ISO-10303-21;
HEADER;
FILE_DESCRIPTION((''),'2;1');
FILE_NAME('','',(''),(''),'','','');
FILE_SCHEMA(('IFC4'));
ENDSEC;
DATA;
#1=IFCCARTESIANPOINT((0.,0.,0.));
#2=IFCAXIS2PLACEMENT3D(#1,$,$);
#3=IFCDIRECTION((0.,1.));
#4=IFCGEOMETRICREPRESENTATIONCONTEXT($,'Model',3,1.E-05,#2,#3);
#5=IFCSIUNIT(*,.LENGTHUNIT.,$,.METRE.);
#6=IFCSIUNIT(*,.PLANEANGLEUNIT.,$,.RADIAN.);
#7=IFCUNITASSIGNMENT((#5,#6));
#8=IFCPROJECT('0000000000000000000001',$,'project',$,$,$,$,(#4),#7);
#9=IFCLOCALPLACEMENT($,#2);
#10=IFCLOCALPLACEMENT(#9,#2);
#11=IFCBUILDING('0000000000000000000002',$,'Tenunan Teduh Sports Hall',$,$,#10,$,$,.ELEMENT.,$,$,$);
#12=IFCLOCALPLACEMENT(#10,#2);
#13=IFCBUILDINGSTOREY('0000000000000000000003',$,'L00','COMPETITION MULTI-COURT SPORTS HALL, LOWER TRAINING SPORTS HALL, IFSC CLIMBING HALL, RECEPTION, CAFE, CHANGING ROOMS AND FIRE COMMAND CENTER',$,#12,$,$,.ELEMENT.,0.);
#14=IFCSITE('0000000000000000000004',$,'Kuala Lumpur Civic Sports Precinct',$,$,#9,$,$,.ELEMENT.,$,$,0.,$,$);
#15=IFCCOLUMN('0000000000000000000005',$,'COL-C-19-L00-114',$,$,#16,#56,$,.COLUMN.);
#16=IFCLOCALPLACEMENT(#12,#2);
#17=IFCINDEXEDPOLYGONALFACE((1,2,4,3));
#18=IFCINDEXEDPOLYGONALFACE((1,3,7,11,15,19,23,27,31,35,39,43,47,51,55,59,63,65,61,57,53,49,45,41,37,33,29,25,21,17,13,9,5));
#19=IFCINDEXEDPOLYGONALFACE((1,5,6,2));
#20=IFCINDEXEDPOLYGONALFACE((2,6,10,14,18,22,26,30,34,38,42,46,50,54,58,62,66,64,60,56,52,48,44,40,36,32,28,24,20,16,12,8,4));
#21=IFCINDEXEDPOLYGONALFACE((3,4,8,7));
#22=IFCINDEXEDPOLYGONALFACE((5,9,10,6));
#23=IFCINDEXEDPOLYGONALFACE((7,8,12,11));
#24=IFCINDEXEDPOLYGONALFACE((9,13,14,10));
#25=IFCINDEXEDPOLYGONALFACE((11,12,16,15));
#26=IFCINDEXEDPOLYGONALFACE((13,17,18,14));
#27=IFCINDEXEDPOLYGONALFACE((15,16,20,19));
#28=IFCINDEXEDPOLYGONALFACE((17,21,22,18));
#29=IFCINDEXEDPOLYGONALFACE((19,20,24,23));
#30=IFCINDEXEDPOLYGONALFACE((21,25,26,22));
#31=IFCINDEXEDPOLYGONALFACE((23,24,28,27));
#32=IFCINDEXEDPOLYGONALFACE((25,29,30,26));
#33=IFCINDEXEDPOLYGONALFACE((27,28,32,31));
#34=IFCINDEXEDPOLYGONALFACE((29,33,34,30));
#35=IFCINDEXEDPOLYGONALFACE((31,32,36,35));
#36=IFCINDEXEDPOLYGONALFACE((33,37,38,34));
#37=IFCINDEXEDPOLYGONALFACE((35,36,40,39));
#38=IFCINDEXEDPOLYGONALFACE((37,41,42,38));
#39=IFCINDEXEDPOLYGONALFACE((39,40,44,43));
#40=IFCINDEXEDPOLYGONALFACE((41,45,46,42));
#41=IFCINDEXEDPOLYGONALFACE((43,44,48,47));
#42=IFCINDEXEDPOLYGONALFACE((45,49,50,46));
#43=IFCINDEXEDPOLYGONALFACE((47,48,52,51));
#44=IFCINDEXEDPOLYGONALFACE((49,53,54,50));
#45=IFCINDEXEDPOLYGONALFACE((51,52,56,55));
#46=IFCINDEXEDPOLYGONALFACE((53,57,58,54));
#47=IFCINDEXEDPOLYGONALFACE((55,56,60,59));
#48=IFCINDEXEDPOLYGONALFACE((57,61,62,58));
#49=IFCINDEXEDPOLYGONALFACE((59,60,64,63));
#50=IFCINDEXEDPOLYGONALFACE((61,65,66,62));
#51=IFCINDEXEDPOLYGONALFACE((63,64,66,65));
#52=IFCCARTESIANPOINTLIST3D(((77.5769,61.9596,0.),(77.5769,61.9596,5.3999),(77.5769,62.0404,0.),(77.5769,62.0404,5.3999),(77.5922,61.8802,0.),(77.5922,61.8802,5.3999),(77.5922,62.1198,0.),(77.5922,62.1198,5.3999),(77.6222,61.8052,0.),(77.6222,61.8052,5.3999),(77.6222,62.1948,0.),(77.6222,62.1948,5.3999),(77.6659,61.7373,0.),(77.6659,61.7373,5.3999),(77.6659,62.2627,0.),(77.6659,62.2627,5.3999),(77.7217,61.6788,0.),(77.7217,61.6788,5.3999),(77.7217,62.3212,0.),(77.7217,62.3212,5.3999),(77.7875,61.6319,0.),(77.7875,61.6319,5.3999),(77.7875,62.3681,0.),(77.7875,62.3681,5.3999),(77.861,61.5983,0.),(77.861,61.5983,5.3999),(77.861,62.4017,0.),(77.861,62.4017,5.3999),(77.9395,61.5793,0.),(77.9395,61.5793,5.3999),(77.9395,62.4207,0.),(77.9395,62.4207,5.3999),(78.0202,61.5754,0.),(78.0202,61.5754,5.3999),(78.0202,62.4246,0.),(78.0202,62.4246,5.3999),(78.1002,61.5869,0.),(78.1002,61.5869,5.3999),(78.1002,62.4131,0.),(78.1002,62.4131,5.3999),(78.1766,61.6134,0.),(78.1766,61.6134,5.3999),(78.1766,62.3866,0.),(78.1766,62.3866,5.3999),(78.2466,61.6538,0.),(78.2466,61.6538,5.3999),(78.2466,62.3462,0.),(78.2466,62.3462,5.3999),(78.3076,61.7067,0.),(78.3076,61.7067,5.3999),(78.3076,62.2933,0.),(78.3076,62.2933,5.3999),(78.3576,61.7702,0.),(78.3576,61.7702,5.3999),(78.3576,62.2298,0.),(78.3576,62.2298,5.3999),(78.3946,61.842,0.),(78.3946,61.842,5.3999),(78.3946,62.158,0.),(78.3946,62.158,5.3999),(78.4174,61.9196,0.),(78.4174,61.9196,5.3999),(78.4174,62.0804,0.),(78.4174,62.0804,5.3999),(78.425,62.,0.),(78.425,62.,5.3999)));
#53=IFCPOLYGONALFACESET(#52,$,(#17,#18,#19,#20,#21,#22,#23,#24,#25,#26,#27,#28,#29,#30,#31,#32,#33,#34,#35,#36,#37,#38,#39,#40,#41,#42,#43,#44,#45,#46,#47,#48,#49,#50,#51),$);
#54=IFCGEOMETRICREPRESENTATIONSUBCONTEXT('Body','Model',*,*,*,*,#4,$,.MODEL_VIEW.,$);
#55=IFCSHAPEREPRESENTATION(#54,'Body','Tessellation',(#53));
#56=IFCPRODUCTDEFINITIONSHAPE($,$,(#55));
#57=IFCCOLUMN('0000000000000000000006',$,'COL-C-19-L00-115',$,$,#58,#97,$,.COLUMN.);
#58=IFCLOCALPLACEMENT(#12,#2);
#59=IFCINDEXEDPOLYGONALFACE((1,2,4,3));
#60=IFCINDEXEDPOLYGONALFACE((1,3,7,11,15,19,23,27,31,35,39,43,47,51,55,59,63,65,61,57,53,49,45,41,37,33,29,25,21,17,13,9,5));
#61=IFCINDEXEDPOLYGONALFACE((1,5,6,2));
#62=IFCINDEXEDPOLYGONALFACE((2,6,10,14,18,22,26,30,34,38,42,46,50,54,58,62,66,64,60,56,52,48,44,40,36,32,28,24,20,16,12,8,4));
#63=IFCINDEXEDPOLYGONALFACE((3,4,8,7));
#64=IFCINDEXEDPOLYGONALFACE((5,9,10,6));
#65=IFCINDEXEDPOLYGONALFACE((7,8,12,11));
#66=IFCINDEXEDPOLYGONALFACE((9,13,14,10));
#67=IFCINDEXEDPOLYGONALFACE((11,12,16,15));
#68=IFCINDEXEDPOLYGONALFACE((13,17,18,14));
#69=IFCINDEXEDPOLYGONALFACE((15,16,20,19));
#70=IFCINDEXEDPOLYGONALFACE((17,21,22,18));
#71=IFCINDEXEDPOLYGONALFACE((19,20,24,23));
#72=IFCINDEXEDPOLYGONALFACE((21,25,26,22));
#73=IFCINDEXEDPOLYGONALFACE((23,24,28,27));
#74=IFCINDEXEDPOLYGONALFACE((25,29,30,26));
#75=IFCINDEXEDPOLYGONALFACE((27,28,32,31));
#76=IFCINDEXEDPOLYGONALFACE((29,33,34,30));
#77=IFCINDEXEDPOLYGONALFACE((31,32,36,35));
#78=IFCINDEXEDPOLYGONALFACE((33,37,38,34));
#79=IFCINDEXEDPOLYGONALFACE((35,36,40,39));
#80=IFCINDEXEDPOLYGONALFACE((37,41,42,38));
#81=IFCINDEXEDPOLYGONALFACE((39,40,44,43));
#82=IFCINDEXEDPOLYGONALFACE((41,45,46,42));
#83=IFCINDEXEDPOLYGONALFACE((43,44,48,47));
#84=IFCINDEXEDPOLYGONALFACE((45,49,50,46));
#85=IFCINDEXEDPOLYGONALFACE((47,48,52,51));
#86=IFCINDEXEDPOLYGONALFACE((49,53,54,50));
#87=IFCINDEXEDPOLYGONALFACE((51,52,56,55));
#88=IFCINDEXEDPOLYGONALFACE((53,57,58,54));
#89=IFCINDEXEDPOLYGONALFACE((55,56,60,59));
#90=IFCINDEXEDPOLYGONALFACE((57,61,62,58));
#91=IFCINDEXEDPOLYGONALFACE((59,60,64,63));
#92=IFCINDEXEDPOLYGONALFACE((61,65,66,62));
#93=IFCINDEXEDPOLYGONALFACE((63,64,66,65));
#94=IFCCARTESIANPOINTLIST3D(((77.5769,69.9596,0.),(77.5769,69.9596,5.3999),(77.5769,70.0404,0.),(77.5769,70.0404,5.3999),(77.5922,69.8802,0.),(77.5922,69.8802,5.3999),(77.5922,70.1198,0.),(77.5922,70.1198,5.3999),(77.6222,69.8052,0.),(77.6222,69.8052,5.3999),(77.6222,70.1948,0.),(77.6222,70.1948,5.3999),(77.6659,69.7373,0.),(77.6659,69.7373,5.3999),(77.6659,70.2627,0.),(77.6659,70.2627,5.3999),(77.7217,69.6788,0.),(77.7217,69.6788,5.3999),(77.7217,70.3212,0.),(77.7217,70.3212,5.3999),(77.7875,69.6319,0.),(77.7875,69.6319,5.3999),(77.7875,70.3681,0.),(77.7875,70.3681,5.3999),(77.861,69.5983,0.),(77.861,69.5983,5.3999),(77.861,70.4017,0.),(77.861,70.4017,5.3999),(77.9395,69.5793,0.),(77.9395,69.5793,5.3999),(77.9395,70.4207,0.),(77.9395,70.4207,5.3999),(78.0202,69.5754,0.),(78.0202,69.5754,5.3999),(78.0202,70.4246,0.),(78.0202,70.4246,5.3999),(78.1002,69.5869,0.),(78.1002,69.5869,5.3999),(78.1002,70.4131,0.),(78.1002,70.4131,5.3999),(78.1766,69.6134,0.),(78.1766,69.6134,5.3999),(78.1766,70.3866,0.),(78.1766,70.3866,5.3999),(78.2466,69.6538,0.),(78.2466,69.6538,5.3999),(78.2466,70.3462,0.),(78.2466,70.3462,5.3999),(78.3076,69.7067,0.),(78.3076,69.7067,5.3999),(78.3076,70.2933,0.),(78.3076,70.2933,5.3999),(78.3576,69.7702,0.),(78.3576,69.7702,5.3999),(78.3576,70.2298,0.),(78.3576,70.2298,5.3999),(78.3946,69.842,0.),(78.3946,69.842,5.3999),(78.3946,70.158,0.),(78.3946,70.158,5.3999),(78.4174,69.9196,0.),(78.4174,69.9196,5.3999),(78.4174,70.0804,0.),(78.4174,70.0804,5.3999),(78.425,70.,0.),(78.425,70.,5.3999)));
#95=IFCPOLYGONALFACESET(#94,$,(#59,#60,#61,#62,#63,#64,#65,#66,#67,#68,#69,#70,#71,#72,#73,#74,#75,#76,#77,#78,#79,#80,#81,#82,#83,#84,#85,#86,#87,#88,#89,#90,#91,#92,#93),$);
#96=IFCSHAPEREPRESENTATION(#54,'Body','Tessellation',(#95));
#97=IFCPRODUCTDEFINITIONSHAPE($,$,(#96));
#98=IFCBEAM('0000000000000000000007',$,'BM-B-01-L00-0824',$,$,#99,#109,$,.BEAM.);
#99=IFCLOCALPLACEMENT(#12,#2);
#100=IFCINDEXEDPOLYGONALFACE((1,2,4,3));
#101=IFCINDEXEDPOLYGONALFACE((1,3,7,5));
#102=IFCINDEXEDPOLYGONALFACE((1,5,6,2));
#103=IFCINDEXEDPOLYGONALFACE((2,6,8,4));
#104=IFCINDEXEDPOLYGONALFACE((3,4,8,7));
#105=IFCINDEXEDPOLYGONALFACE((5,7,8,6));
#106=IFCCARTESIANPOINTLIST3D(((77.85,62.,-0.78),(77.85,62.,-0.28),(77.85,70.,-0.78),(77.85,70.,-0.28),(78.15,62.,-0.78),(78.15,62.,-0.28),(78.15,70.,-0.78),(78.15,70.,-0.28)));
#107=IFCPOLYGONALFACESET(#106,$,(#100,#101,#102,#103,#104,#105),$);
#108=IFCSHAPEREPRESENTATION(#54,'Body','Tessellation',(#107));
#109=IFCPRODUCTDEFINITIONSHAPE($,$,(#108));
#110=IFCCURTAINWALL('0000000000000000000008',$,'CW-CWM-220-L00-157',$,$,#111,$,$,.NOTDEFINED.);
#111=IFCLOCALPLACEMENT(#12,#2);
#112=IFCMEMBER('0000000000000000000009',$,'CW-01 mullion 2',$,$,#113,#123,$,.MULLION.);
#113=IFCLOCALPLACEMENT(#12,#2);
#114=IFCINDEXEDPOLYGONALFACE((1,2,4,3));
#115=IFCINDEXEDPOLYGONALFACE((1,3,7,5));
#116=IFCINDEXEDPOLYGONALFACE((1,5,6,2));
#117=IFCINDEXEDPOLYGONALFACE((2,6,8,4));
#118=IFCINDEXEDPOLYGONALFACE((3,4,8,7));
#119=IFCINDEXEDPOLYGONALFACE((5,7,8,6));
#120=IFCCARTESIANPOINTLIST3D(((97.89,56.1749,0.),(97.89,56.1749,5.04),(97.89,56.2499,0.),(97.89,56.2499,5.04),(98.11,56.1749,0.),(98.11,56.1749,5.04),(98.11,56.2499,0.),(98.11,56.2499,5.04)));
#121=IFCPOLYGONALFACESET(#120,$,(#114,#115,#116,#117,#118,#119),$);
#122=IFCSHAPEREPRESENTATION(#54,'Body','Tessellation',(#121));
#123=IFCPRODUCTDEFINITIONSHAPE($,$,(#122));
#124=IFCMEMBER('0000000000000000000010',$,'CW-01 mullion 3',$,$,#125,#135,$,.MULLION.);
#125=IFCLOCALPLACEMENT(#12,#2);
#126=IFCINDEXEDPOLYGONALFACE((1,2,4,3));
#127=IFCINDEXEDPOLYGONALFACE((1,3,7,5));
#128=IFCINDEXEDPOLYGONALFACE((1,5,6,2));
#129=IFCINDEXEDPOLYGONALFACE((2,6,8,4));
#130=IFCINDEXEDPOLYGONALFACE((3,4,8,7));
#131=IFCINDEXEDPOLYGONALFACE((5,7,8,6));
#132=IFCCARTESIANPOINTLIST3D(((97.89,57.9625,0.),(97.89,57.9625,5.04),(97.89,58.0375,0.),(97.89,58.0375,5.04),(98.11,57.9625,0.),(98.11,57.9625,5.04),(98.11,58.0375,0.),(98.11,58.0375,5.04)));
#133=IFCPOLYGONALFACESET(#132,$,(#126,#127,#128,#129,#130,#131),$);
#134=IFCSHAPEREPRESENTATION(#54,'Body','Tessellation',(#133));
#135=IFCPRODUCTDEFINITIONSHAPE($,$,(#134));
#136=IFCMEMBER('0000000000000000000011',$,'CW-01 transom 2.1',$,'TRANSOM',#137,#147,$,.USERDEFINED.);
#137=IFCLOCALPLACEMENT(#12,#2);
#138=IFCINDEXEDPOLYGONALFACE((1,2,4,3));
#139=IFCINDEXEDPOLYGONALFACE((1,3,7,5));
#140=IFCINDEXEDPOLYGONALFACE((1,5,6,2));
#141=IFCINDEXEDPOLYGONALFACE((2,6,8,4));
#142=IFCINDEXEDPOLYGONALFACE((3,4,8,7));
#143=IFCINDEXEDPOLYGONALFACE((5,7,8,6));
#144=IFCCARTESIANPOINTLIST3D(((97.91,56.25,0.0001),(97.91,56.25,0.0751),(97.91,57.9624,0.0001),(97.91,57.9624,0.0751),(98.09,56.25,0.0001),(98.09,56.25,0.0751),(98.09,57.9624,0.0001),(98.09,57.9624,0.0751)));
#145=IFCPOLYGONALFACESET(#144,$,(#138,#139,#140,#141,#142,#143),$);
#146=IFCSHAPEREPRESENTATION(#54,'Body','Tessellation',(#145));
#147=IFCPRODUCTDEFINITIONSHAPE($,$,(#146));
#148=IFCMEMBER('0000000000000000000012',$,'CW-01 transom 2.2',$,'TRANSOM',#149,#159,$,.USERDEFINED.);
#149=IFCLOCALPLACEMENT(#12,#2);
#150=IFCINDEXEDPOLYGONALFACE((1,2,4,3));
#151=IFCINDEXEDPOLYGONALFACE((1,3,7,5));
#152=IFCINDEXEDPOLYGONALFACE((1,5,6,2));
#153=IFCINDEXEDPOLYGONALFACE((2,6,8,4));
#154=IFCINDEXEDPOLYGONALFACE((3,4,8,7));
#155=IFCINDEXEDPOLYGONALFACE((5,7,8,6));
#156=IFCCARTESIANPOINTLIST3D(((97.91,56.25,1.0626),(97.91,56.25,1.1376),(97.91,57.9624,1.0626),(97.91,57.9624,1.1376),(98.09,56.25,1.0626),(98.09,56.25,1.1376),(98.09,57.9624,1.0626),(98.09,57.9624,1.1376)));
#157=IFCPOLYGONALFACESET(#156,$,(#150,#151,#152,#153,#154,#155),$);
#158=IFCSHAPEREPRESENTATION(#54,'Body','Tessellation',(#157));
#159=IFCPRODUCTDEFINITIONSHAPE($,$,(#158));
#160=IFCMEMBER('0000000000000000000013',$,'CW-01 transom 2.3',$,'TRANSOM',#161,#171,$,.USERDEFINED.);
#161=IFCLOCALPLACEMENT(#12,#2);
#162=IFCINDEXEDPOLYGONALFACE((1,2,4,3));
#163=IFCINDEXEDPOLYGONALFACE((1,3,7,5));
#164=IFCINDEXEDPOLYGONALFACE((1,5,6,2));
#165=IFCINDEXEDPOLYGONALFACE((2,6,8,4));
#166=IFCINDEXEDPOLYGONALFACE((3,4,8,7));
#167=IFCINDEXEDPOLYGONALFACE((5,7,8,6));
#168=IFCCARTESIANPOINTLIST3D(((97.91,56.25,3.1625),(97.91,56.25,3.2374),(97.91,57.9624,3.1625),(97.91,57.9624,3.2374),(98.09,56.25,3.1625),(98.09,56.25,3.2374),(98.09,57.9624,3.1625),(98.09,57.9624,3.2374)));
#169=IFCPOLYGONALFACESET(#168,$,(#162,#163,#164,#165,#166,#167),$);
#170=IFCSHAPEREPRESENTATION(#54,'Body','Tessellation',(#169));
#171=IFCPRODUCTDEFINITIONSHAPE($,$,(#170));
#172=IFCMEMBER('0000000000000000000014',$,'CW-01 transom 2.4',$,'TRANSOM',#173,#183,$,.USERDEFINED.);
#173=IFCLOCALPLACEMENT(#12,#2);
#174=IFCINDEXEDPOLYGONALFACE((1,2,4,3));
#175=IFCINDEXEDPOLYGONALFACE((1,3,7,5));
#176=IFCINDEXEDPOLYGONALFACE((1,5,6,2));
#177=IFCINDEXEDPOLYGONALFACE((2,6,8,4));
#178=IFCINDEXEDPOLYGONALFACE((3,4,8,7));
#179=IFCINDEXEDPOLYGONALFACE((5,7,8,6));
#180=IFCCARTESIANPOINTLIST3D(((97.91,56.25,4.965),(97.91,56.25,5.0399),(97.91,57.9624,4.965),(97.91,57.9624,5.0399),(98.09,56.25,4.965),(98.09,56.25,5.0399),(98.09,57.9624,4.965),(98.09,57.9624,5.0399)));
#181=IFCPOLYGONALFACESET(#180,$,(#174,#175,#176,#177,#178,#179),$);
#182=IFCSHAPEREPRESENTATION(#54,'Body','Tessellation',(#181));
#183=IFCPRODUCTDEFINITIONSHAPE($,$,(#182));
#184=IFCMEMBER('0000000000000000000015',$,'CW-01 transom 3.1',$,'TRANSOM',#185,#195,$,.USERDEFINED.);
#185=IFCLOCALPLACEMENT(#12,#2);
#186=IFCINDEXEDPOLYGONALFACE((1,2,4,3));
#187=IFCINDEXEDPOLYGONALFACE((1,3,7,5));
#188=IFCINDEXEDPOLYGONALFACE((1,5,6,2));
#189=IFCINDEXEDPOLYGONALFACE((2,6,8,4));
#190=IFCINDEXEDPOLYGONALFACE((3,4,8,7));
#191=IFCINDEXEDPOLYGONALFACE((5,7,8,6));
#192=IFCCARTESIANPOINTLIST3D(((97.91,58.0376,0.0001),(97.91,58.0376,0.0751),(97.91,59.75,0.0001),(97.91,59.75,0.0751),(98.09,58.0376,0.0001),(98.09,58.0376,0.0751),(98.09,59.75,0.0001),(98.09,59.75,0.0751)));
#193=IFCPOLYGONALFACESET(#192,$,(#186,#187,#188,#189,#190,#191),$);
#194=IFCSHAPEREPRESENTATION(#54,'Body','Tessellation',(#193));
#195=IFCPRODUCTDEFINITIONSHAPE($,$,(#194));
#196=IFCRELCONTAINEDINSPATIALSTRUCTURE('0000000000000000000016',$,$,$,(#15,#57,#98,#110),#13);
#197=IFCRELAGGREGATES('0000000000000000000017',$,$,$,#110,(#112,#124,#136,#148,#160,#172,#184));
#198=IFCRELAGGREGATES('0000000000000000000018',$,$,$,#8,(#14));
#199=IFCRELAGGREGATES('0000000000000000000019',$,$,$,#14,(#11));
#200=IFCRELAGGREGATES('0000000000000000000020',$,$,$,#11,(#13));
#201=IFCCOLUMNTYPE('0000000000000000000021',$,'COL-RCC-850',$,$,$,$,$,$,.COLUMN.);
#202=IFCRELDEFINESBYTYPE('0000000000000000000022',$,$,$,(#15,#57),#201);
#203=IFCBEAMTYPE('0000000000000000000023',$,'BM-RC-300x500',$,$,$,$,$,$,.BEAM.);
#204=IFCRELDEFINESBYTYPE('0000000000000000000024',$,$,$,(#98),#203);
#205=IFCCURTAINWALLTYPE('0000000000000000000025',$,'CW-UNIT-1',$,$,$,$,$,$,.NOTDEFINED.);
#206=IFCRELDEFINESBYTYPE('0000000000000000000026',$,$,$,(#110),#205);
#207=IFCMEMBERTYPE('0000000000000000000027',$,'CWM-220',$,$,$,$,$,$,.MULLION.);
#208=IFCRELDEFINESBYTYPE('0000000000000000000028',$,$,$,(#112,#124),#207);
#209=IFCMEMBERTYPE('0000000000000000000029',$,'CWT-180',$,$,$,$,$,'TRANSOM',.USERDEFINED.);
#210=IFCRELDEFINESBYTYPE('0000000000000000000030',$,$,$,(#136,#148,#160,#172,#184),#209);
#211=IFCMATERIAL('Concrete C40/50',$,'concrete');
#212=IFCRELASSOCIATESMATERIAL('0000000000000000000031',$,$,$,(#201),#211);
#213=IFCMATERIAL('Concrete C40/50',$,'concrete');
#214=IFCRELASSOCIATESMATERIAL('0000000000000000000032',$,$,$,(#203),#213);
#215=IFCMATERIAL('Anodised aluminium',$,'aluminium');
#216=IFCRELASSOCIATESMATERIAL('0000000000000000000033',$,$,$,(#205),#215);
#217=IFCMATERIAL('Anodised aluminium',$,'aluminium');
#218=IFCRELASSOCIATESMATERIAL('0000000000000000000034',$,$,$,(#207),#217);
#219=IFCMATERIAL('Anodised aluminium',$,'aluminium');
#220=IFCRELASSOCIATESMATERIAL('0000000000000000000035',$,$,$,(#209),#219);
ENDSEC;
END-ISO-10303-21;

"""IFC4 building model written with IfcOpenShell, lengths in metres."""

from ifc_helpers import new_model, si_unit, direction, frame, origin, origin_2d, place, context, subcontext, project, spatial, rectangle, circle, extrude, material, material_profile, profile_set, type_object, element, aggregate, save


model = new_model("IFC4")

# Units and contexts
model_context = context("Model", 3, precision=1e-05, world=origin(), true_north=direction((0.0, 1.0)))
body_context = subcontext(model_context, "Body", "Model", "MODEL_VIEW")
ifc_project = project(units=[si_unit("LENGTHUNIT", "METRE"), si_unit("PLANEANGLEUNIT", "RADIAN")], contexts=[model_context])

# Site, building, storey
site_placement = place(None, origin())
site = spatial("IfcSite", under=ifc_project, at=site_placement, Name="Kuala Lumpur Civic Sports Precinct", CompositionType="ELEMENT", RefElevation=0.0)
building_placement = place(site_placement, origin())
building = spatial("IfcBuilding", under=site, at=building_placement, Name="Tenunan Teduh Sports Hall", CompositionType="ELEMENT")
storey_placement = place(building_placement, origin())
storey = spatial("IfcBuildingStorey", under=building, at=storey_placement, Name="L00", Description="COMPETITION MULTI-COURT SPORTS HALL, LOWER TRAINING SPORTS HALL, IFSC CLIMBING HALL, RECEPTION, CAFE, CHANGING ROOMS AND FIRE COMMAND CENTER", CompositionType="ELEMENT", Elevation=0.0)

# Columns
ifc_material_1 = material(Name="Concrete C40/50", Category="concrete")
ifc_material_profile_1 = material_profile(ifc_material_1, circle(Radius=0.425, at=origin_2d()), Name="RCC D850")
ifc_profile_set_1 = profile_set([ifc_material_profile_1], Name="Concrete C40/50")
column_type = type_object("IfcColumnType", Name="COL-RCC-850", PredefinedType="COLUMN", material=ifc_profile_set_1)
for number, where, z_axis, x_axis, name in (
    (1, (78.0, 62.0, 0.0), (0.0, 0.0, 1.0), (1.0, 0.0, 0.0), "COL-C-19-L00-114"),
    (2, (78.0, 70.0, 0.0), (0.0, 0.0, 1.0), (1.0, 0.0, 0.0), "COL-C-19-L00-115"),
):
    element("IfcColumn", number, at=place(storey_placement, frame(where, z_axis=z_axis, x_axis=x_axis)), inside=storey, type_object=column_type, Name=name, PredefinedType="COLUMN", context=body_context, shape_type="SweptSolid", body=[
        extrude(circle(Radius=0.425, at=origin_2d()), origin(), (0.0, 0.0, 1.0), 5.3999),
    ])

# Beam
ifc_material_2 = material(Name="Concrete C40/50", Category="concrete")
ifc_material_profile_2 = material_profile(ifc_material_2, rectangle(XDim=0.3, YDim=0.5, at=origin_2d()), Name="RCB 300x500")
ifc_profile_set_2 = profile_set([ifc_material_profile_2], Name="Concrete C40/50")
beam_type = type_object("IfcBeamType", Name="BM-RC-300x500", PredefinedType="BEAM", material=ifc_profile_set_2)
beam_placement = place(storey_placement, frame((78.0, 62.0, -0.53), z_axis=(0.0, 1.0, 0.0), x_axis=(-1.0, 0.0, 0.0)))
element("IfcBeam", 3, at=beam_placement, inside=storey, type_object=beam_type, Name="BM-B-01-L00-0824", PredefinedType="BEAM", context=body_context, shape_type="SweptSolid", body=[
    extrude(rectangle(XDim=0.3, YDim=0.5, at=origin_2d()), origin(), (0.0, 0.0, 1.0), 8.0),
])

# Curtain wall, members
ifc_material_3 = material(Name="Anodised aluminium", Category="aluminium")
curtain_wall_type = type_object("IfcCurtainWallType", Name="CW-UNIT-1", PredefinedType="NOTDEFINED", material=ifc_material_3)
curtain_wall_placement = place(storey_placement, origin())
curtain_wall = element("IfcCurtainWall", 4, at=curtain_wall_placement, inside=storey, type_object=curtain_wall_type, Name="CW-CWM-220-L00-157", PredefinedType="NOTDEFINED")
ifc_material_4 = material(Name="Anodised aluminium", Category="aluminium")
ifc_material_profile_3 = material_profile(ifc_material_4, rectangle(XDim=0.075, YDim=0.22, at=origin_2d()), Name="CWM 75x220")
ifc_profile_set_3 = profile_set([ifc_material_profile_3], Name="Anodised aluminium")
member_type_1 = type_object("IfcMemberType", Name="CWM-220", PredefinedType="MULLION", material=ifc_profile_set_3)
member_1_placement = place(storey_placement, frame((98.0, 56.2124, 0.0), z_axis=(0.0, 0.0, 1.0), x_axis=(0.0, 1.0, 0.0)))
member_1 = element("IfcMember", 5, at=member_1_placement, type_object=member_type_1, Name="CW-01 mullion 2", PredefinedType="MULLION", context=body_context, shape_type="SweptSolid", body=[
    extrude(rectangle(XDim=0.075, YDim=0.22, at=origin_2d()), origin(), (0.0, 0.0, 1.0), 5.04),
])
member_2_placement = place(storey_placement, frame((98.0, 58.0, 0.0), z_axis=(0.0, 0.0, 1.0), x_axis=(0.0, 1.0, 0.0)))
member_2 = element("IfcMember", 6, at=member_2_placement, type_object=member_type_1, Name="CW-01 mullion 3", PredefinedType="MULLION", context=body_context, shape_type="SweptSolid", body=[
    extrude(rectangle(XDim=0.075, YDim=0.22, at=origin_2d()), origin(), (0.0, 0.0, 1.0), 5.04),
])
ifc_material_5 = material(Name="Anodised aluminium", Category="aluminium")
ifc_material_profile_4 = material_profile(ifc_material_5, rectangle(XDim=0.075, YDim=0.1799, at=origin_2d()), Name="CWT 75x180")
ifc_profile_set_4 = profile_set([ifc_material_profile_4], Name="Anodised aluminium")
member_type_2 = type_object("IfcMemberType", Name="CWT-180", ElementType="TRANSOM", PredefinedType="USERDEFINED", material=ifc_profile_set_4)
member_3_placement = place(storey_placement, frame((98.0, 56.25, 0.0376), z_axis=(0.0, 1.0, 0.0), x_axis=(0.0, 0.0, 1.0)))
member_3 = element("IfcMember", 7, at=member_3_placement, type_object=member_type_2, Name="CW-01 transom 2.1", ObjectType="TRANSOM", PredefinedType="USERDEFINED", context=body_context, shape_type="SweptSolid", body=[
    extrude(rectangle(XDim=0.075, YDim=0.1799, at=origin_2d()), origin(), (0.0, 0.0, 1.0), 1.7124),
])
member_4_placement = place(storey_placement, frame((98.0, 56.25, 1.1001), z_axis=(0.0, 1.0, 0.0), x_axis=(0.0, 0.0, 1.0)))
member_4 = element("IfcMember", 8, at=member_4_placement, type_object=member_type_2, Name="CW-01 transom 2.2", ObjectType="TRANSOM", PredefinedType="USERDEFINED", context=body_context, shape_type="SweptSolid", body=[
    extrude(rectangle(XDim=0.075, YDim=0.1799, at=origin_2d()), origin(), (0.0, 0.0, 1.0), 1.7124),
])
member_5_placement = place(storey_placement, frame((98.0, 56.25, 3.2), z_axis=(0.0, 1.0, 0.0), x_axis=(0.0, 0.0, 1.0)))
member_5 = element("IfcMember", 9, at=member_5_placement, type_object=member_type_2, Name="CW-01 transom 2.3", ObjectType="TRANSOM", PredefinedType="USERDEFINED", context=body_context, shape_type="SweptSolid", body=[
    extrude(rectangle(XDim=0.075, YDim=0.1799, at=origin_2d()), origin(), (0.0, 0.0, 1.0), 1.7124),
])
member_6_placement = place(storey_placement, frame((98.0, 56.25, 5.0024), z_axis=(0.0, 1.0, 0.0), x_axis=(0.0, 0.0, 1.0)))
member_6 = element("IfcMember", 10, at=member_6_placement, type_object=member_type_2, Name="CW-01 transom 2.4", ObjectType="TRANSOM", PredefinedType="USERDEFINED", context=body_context, shape_type="SweptSolid", body=[
    extrude(rectangle(XDim=0.075, YDim=0.1799, at=origin_2d()), origin(), (0.0, 0.0, 1.0), 1.7124),
])
member_7_placement = place(storey_placement, frame((98.0, 58.0376, 0.0376), z_axis=(0.0, 1.0, 0.0), x_axis=(0.0, 0.0, 1.0)))
member_7 = element("IfcMember", 11, at=member_7_placement, type_object=member_type_2, Name="CW-01 transom 3.1", ObjectType="TRANSOM", PredefinedType="USERDEFINED", context=body_context, shape_type="SweptSolid", body=[
    extrude(rectangle(XDim=0.075, YDim=0.1799, at=origin_2d()), origin(), (0.0, 0.0, 1.0), 1.7124),
])
aggregate(curtain_wall, [member_1, member_2, member_3, member_4, member_5, member_6, member_7])

save(model, "model.ifc")
